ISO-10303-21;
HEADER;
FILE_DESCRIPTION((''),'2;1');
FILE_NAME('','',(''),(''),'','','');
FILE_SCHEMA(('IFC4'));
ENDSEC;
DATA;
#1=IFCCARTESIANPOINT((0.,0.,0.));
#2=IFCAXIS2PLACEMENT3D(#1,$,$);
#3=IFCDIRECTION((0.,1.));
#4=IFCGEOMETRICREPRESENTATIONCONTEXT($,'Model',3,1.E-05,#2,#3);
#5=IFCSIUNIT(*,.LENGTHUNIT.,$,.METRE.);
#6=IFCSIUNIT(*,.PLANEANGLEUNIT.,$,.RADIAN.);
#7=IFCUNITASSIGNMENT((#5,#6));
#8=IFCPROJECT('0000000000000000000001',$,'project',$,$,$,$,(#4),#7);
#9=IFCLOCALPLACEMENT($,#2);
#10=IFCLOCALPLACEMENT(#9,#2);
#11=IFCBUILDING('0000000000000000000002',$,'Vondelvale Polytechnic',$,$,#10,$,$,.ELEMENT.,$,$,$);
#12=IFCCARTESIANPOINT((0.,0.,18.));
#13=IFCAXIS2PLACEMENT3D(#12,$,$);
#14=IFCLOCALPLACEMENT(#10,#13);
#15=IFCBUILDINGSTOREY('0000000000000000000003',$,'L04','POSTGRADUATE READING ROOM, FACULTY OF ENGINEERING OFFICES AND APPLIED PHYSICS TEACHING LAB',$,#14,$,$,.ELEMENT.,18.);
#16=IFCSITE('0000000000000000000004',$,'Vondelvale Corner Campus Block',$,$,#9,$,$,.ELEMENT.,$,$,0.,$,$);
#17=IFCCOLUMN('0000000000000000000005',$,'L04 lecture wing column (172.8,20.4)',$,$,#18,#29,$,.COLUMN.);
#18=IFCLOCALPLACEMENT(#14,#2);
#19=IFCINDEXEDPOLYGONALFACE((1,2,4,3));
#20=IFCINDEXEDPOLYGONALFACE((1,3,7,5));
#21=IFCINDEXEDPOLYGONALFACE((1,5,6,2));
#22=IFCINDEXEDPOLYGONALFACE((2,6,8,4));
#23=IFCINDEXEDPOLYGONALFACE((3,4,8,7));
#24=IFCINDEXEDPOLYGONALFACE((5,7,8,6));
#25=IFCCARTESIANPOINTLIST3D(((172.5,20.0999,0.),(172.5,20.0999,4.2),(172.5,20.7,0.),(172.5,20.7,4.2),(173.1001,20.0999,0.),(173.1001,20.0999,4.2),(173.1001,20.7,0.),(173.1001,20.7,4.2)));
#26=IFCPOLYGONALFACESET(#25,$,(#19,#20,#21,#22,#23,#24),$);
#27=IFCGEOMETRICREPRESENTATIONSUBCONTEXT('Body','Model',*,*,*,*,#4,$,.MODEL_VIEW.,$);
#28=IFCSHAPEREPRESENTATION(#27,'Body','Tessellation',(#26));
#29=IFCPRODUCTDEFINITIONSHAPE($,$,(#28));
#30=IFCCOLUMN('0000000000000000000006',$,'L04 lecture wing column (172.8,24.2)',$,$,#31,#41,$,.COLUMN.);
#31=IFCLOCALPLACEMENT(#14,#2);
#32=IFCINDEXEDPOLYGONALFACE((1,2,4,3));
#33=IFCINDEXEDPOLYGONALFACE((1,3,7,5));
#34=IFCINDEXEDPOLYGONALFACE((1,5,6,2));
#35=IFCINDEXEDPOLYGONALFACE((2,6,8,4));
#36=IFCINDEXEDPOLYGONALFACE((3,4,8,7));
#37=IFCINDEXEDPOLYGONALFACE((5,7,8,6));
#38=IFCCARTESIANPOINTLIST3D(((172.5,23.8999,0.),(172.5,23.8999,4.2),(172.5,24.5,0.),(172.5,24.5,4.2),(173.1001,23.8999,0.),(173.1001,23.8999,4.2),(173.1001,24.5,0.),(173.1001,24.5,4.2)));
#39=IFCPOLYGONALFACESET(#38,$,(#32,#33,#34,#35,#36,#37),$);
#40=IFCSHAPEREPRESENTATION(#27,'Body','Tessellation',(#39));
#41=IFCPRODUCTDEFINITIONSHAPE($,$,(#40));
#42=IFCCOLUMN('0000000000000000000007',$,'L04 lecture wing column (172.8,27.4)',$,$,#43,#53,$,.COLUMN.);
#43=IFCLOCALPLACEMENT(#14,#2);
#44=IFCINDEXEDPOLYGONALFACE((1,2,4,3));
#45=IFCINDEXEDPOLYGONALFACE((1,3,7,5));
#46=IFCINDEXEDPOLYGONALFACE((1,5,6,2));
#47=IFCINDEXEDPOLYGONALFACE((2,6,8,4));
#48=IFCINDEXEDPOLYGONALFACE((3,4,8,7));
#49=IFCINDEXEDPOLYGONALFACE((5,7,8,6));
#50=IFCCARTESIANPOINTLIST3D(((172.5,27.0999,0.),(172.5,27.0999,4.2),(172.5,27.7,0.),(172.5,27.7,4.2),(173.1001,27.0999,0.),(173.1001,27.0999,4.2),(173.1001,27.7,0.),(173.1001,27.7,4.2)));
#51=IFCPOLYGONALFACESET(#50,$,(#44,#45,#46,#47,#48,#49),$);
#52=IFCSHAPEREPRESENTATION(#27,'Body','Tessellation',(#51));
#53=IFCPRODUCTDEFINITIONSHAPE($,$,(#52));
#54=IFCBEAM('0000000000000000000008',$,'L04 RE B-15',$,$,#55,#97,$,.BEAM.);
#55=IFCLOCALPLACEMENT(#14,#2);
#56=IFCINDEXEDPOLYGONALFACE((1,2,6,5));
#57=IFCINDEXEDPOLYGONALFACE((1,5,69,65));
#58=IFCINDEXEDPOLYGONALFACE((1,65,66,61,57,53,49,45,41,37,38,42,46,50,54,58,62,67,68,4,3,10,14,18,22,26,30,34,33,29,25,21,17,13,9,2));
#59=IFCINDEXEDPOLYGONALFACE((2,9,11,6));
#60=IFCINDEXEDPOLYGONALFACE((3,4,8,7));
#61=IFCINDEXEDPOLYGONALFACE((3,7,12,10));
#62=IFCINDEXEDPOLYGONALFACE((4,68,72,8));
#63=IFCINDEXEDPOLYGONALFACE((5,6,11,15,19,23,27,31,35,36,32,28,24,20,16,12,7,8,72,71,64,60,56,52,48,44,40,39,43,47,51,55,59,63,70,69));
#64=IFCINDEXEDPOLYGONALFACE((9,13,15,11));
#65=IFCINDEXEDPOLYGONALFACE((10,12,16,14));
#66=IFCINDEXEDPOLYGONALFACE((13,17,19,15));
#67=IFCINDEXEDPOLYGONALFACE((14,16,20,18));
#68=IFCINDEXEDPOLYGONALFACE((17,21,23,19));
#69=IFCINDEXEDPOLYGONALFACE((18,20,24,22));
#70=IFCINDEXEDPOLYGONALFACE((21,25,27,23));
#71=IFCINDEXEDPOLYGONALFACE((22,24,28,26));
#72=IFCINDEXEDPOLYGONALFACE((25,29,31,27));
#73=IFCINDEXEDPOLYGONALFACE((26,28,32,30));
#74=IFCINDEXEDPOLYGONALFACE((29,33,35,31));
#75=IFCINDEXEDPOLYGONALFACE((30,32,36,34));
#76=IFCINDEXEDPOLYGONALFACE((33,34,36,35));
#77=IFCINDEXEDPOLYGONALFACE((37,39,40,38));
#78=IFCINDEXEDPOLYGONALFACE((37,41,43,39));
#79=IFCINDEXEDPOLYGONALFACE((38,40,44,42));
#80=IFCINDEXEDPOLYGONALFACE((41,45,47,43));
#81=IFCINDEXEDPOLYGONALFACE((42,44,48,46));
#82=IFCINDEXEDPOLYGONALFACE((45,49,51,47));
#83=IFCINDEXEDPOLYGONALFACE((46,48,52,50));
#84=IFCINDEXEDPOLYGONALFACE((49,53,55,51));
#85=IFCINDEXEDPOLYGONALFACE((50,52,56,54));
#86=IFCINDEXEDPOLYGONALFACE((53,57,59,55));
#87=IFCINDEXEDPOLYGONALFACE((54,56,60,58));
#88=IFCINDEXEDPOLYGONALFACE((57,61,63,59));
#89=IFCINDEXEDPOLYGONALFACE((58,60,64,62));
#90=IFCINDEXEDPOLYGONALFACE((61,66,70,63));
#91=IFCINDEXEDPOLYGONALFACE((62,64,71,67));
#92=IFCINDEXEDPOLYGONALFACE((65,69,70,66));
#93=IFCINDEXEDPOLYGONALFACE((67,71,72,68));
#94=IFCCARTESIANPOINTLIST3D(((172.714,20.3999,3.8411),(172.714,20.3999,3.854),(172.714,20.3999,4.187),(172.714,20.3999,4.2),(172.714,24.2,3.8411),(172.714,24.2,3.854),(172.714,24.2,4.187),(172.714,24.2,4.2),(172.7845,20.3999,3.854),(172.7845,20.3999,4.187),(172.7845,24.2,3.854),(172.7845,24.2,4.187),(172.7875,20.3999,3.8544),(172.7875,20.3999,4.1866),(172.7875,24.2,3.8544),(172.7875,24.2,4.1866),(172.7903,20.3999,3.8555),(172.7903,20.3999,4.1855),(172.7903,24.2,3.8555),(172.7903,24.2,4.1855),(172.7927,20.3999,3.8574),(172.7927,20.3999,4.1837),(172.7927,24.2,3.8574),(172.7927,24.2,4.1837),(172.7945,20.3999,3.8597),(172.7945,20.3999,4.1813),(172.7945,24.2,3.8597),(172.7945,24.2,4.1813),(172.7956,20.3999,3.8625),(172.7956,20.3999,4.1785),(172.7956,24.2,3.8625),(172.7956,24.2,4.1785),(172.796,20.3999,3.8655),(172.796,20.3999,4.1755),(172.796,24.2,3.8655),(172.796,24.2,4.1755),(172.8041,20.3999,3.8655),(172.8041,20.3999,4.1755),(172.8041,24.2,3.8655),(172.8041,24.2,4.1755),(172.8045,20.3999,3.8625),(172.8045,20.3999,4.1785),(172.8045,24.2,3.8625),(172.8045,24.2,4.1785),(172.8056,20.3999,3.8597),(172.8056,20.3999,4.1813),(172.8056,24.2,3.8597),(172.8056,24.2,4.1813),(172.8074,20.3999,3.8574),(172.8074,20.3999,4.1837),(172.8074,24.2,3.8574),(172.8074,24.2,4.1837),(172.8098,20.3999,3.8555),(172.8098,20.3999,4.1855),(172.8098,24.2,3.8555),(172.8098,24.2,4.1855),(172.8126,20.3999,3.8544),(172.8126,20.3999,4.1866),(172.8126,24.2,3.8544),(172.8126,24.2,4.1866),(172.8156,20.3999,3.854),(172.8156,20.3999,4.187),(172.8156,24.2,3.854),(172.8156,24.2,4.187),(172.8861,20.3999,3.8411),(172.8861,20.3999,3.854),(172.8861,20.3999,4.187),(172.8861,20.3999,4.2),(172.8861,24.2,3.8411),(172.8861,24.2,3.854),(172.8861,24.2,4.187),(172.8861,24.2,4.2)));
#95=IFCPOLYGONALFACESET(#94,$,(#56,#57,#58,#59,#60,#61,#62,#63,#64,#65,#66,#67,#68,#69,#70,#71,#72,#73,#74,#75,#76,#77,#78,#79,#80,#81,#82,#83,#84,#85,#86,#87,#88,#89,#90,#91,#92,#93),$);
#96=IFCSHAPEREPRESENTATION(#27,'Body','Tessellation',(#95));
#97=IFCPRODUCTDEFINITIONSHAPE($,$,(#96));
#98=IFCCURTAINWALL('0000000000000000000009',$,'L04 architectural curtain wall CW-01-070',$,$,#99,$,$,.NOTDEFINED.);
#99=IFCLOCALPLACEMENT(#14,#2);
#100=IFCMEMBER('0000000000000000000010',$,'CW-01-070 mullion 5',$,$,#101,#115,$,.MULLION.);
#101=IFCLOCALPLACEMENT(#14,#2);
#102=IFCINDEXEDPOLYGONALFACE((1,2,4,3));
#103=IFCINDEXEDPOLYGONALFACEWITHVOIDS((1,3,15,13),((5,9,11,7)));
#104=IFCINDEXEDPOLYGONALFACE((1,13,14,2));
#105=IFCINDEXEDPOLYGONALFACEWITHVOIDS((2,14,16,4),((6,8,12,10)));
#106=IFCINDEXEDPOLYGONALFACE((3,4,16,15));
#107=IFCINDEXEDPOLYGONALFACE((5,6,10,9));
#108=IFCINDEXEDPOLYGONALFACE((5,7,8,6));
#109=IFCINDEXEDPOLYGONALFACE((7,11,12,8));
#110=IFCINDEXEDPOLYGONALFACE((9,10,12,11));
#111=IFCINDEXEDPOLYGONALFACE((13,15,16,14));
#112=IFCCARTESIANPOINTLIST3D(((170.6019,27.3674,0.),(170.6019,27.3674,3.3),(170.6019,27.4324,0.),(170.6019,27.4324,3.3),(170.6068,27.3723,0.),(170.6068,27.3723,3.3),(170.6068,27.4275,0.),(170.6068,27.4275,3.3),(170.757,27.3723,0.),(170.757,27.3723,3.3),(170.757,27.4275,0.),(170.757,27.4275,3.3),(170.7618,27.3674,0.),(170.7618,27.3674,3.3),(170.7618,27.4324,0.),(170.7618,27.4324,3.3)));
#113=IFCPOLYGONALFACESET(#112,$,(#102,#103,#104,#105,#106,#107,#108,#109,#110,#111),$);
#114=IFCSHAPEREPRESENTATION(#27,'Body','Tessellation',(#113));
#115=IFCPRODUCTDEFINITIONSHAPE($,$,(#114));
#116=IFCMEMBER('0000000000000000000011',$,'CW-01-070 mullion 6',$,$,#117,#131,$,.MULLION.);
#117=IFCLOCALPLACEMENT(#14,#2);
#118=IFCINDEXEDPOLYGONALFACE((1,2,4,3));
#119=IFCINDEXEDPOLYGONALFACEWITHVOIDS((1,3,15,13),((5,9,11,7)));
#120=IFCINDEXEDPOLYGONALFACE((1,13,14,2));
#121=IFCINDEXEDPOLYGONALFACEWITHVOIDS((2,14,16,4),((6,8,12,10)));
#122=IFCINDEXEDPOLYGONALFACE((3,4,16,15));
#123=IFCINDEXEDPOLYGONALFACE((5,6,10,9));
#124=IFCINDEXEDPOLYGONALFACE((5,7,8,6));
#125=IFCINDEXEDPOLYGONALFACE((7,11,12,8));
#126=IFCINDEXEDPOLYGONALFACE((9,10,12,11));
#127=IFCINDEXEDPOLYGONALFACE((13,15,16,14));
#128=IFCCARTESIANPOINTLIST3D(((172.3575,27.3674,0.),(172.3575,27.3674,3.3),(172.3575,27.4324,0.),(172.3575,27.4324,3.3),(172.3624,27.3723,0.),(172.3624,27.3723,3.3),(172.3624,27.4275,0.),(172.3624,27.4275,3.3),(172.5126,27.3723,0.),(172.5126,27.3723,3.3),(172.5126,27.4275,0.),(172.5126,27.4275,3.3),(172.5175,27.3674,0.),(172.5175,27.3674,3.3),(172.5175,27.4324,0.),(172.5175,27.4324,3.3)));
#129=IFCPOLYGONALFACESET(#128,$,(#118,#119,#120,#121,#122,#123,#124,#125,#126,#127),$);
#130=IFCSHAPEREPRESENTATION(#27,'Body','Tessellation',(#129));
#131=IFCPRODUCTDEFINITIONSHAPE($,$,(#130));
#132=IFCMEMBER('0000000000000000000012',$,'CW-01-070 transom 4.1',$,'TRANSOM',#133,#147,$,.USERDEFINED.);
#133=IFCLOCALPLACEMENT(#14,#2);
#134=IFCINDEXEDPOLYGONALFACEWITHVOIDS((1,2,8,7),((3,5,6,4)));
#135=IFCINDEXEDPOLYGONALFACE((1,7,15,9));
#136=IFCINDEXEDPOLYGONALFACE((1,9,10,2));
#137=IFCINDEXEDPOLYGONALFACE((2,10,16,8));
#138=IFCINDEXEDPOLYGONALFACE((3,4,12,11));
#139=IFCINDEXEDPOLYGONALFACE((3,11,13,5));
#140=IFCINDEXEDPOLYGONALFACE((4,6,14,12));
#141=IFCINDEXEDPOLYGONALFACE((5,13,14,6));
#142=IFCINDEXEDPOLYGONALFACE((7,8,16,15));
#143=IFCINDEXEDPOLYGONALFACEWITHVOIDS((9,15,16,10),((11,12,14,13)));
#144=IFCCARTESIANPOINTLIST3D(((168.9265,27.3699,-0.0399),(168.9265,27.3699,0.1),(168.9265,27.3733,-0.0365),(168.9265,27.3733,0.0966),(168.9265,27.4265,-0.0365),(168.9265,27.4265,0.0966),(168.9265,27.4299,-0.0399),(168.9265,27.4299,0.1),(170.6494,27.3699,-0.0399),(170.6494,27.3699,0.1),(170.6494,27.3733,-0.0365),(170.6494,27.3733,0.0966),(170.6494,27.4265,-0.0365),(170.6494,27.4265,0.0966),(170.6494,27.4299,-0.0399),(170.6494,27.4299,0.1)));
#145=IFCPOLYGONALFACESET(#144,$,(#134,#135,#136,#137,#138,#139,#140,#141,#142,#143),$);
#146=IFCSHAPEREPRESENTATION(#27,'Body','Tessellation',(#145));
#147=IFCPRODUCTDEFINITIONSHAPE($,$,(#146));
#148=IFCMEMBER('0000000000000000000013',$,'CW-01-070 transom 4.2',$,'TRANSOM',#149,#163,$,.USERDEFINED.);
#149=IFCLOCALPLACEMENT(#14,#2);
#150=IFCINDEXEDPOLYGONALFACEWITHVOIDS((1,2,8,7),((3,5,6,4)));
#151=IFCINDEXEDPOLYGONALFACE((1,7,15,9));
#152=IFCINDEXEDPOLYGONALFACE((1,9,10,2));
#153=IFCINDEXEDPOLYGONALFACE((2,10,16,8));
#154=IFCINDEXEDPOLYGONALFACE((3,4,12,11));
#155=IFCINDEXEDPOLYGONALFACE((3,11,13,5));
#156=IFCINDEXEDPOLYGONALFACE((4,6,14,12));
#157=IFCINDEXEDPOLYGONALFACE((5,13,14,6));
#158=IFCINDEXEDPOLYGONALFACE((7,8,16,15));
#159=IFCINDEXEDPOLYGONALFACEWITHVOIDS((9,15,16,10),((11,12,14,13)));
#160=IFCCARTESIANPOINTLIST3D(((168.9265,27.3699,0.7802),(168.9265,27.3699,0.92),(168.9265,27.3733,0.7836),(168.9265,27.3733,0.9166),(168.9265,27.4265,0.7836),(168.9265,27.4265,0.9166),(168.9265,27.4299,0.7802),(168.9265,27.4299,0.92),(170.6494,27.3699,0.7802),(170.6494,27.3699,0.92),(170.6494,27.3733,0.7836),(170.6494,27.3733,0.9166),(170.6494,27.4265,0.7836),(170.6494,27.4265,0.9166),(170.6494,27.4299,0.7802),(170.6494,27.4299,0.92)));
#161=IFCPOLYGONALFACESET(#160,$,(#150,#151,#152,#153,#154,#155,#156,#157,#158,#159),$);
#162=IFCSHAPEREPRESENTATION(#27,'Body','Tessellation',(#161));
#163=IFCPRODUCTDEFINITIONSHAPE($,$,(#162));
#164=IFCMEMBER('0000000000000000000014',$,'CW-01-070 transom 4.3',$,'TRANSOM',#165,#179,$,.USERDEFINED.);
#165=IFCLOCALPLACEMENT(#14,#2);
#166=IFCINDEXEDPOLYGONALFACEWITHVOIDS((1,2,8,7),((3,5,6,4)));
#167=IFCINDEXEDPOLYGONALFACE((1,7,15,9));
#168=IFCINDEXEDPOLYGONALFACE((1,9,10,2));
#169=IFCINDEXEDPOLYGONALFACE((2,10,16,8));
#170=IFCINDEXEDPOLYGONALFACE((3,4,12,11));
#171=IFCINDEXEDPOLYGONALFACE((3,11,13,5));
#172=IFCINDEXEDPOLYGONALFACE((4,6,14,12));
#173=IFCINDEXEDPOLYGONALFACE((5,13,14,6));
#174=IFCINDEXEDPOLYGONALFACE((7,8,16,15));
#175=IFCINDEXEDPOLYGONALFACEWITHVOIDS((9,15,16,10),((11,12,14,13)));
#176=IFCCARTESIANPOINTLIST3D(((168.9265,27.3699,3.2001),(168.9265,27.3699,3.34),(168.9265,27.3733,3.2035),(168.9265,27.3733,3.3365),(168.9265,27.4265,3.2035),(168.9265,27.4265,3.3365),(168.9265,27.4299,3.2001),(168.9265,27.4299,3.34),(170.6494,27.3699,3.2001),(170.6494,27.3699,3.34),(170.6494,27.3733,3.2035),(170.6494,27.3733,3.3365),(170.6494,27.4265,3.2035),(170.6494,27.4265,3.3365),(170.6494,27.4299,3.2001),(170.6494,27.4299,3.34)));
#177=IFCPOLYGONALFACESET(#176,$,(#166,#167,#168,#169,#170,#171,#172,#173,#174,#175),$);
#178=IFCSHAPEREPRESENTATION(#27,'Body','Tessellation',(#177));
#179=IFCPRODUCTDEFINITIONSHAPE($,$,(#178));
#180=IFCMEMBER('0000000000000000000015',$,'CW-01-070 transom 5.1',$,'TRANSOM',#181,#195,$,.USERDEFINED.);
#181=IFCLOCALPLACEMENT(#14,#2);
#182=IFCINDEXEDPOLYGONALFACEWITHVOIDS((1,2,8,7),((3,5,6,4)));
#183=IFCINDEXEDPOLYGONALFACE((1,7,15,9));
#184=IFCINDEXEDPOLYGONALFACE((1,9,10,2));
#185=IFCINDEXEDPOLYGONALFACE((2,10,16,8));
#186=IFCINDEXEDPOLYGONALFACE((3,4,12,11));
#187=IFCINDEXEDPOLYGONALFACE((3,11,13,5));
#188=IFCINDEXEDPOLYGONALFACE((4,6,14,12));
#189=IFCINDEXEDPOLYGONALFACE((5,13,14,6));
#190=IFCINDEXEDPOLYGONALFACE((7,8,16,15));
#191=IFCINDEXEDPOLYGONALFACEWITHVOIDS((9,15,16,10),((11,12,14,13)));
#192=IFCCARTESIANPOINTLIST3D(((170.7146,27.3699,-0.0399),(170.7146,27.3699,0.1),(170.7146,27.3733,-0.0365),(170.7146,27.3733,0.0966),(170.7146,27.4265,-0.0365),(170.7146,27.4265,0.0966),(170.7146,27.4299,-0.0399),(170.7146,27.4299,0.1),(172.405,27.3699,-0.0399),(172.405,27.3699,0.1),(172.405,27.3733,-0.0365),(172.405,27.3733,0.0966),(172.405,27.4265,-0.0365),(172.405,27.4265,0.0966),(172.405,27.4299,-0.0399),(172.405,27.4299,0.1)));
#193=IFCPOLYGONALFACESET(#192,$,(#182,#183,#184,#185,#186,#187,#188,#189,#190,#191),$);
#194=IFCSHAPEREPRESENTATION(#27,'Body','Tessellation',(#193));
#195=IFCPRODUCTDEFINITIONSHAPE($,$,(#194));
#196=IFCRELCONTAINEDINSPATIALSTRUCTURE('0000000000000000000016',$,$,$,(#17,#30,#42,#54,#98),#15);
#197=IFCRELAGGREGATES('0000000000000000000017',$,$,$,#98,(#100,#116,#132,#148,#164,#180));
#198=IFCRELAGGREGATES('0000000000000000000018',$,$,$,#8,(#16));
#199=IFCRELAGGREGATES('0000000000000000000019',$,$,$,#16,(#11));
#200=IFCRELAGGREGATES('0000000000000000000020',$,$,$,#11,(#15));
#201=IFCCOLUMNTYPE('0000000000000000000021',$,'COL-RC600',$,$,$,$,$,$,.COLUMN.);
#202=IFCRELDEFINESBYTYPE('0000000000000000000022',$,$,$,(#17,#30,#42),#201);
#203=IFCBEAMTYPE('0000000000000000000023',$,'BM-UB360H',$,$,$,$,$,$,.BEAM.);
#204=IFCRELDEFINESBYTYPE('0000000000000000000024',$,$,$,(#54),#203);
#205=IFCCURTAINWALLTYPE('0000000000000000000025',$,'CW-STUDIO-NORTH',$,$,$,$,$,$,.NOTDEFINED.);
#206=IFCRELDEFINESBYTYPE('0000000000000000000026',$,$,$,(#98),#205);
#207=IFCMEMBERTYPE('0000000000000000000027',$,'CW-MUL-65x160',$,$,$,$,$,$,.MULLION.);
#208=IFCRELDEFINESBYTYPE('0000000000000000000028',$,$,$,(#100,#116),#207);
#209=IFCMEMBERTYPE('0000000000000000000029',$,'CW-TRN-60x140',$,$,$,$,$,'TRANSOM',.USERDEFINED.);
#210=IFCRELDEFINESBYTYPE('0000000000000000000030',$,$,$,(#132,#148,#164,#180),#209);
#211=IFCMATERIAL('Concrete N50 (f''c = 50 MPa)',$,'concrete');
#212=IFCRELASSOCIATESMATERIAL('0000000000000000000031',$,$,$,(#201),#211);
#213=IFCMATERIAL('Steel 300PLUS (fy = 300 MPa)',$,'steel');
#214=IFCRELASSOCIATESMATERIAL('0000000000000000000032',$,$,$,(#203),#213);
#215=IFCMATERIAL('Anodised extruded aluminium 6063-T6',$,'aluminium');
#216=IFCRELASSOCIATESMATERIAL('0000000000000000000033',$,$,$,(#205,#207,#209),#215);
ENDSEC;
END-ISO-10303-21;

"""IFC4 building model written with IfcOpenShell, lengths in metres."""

from ifc_helpers import new_model, si_unit, direction, frame, origin, origin_2d, place, context, subcontext, project, spatial, rectangle, hollow_rectangle, i_section, extrude, material, material_profile, profile_set, type_object, element, aggregate, save


model = new_model("IFC4")

# Units and contexts
model_context = context("Model", 3, precision=1e-05, world=origin(), true_north=direction((0.0, 1.0)))
body_context = subcontext(model_context, "Body", "Model", "MODEL_VIEW")
ifc_project = project(units=[si_unit("LENGTHUNIT", "METRE"), si_unit("PLANEANGLEUNIT", "RADIAN")], contexts=[model_context])

# Site, building, storey
site_placement = place(None, origin())
site = spatial("IfcSite", under=ifc_project, at=site_placement, Name="Vondelvale Corner Campus Block", CompositionType="ELEMENT", RefElevation=0.0)
building_placement = place(site_placement, origin())
building = spatial("IfcBuilding", under=site, at=building_placement, Name="Vondelvale Polytechnic", CompositionType="ELEMENT")
storey_placement = place(building_placement, frame((0.0, 0.0, 18.0)))
storey = spatial("IfcBuildingStorey", under=building, at=storey_placement, Name="L04", Description="POSTGRADUATE READING ROOM, FACULTY OF ENGINEERING OFFICES AND APPLIED PHYSICS TEACHING LAB", CompositionType="ELEMENT", Elevation=18.0)

# Columns
ifc_material_1 = material(Name="Concrete N50 (f'c = 50 MPa)", Category="concrete")
ifc_material_profile_1 = material_profile(ifc_material_1, rectangle(XDim=0.6001, YDim=0.6001, at=origin_2d()), Name="RC-COL-600x600")
ifc_profile_set_1 = profile_set([ifc_material_profile_1], Name="Concrete N50 (f'c = 50 MPa)")
column_type = type_object("IfcColumnType", Name="COL-RC600", PredefinedType="COLUMN", material=ifc_profile_set_1)
for number, where, z_axis, x_axis, name in (
    (1, (172.8, 20.3999, 0.0), (0.0, 0.0, 1.0), (1.0, 0.0, 0.0), "L04 lecture wing column (172.8,20.4)"),
    (2, (172.8, 24.2, 0.0), (0.0, 0.0, 1.0), (1.0, 0.0, 0.0), "L04 lecture wing column (172.8,24.2)"),
    (3, (172.8, 27.3999, 0.0), (0.0, 0.0, 1.0), (1.0, 0.0, 0.0), "L04 lecture wing column (172.8,27.4)"),
):
    element("IfcColumn", number, at=place(storey_placement, frame(where, z_axis=z_axis, x_axis=x_axis)), inside=storey, type_object=column_type, Name=name, PredefinedType="COLUMN", context=body_context, shape_type="SweptSolid", body=[
        extrude(rectangle(XDim=0.6001, YDim=0.6001, at=origin_2d()), origin(), (0.0, 0.0, 1.0), 4.2),
    ])

# Beam
ifc_material_2 = material(Name="Steel 300PLUS (fy = 300 MPa)", Category="steel")
ifc_material_profile_2 = material_profile(ifc_material_2, i_section(OverallWidth=0.1721, OverallDepth=0.3589, WebThickness=0.0081, FlangeThickness=0.0129, FilletRadius=0.0115, at=origin_2d()), Name="360UB56.7")
ifc_profile_set_2 = profile_set([ifc_material_profile_2], Name="Steel 300PLUS (fy = 300 MPa)")
beam_type_1 = type_object("IfcBeamType", Name="BM-UB360H", PredefinedType="BEAM", material=ifc_profile_set_2)
beam_1_placement = place(storey_placement, frame((172.8, 20.3999, 4.0205), z_axis=(0.0, 1.0, 0.0), x_axis=(-1.0, 0.0, 0.0)))
element("IfcBeam", 4, at=beam_1_placement, inside=storey, type_object=beam_type_1, Name="L04 RE B-15", PredefinedType="BEAM", context=body_context, shape_type="SweptSolid", body=[
    extrude(i_section(OverallWidth=0.1721, OverallDepth=0.3589, WebThickness=0.0081, FlangeThickness=0.0129, FilletRadius=0.0115, at=origin_2d()), origin(), (0.0, 0.0, 1.0), 3.8),
])

# Curtain wall, members
ifc_material_3 = material(Name="Anodised extruded aluminium 6063-T6", Category="aluminium")
curtain_wall_type = type_object("IfcCurtainWallType", Name="CW-STUDIO-NORTH", PredefinedType="NOTDEFINED", material=ifc_material_3)
curtain_wall_placement = place(storey_placement, origin())
curtain_wall = element("IfcCurtainWall", 5, at=curtain_wall_placement, inside=storey, type_object=curtain_wall_type, Name="L04 architectural curtain wall CW-01-070", PredefinedType="NOTDEFINED")
ifc_material_profile_3 = material_profile(ifc_material_3, hollow_rectangle(XDim=0.0649, YDim=0.1599, WallThickness=0.0049, at=origin_2d()), Name="CW-MUL-160x65")
ifc_profile_set_3 = profile_set([ifc_material_profile_3], Name="Anodised extruded aluminium 6063-T6")
member_type_1 = type_object("IfcMemberType", Name="CW-MUL-65x160", PredefinedType="MULLION", material=ifc_profile_set_3)
member_1_placement = place(storey_placement, frame((170.6819, 27.3999, 0.0), z_axis=(0.0, 0.0, 1.0), x_axis=(0.0, 1.0, 0.0)))
member_1 = element("IfcMember", 6, at=member_1_placement, type_object=member_type_1, Name="CW-01-070 mullion 5", PredefinedType="MULLION", context=body_context, shape_type="SweptSolid", body=[
    extrude(hollow_rectangle(XDim=0.0649, YDim=0.1599, WallThickness=0.0049, at=origin_2d()), origin(), (0.0, 0.0, 1.0), 3.3),
])
member_2_placement = place(storey_placement, frame((172.4375, 27.3999, 0.0), z_axis=(0.0, 0.0, 1.0), x_axis=(0.0, 1.0, 0.0)))
member_2 = element("IfcMember", 7, at=member_2_placement, type_object=member_type_1, Name="CW-01-070 mullion 6", PredefinedType="MULLION", context=body_context, shape_type="SweptSolid", body=[
    extrude(hollow_rectangle(XDim=0.0649, YDim=0.1599, WallThickness=0.0049, at=origin_2d()), origin(), (0.0, 0.0, 1.0), 3.3),
])
ifc_material_profile_4 = material_profile(ifc_material_3, hollow_rectangle(XDim=0.0601, YDim=0.1399, WallThickness=0.0034, at=origin_2d()), Name="CW-TRN-140x60")
ifc_profile_set_4 = profile_set([ifc_material_profile_4], Name="Anodised extruded aluminium 6063-T6")
member_type_2 = type_object("IfcMemberType", Name="CW-TRN-60x140", ElementType="TRANSOM", PredefinedType="USERDEFINED", material=ifc_profile_set_4)
member_3_placement = place(storey_placement, frame((168.9265, 27.3999, 0.03), z_axis=(1.0, 0.0, 0.0), x_axis=(0.0, 1.0, 0.0)))
member_3 = element("IfcMember", 8, at=member_3_placement, type_object=member_type_2, Name="CW-01-070 transom 4.1", ObjectType="TRANSOM", PredefinedType="USERDEFINED", context=body_context, shape_type="SweptSolid", body=[
    extrude(hollow_rectangle(XDim=0.0601, YDim=0.1399, WallThickness=0.0034, at=origin_2d()), origin(), (0.0, 0.0, 1.0), 1.7229),
])
member_4_placement = place(storey_placement, frame((168.9265, 27.3999, 0.8501), z_axis=(1.0, 0.0, 0.0), x_axis=(0.0, 1.0, 0.0)))
member_4 = element("IfcMember", 9, at=member_4_placement, type_object=member_type_2, Name="CW-01-070 transom 4.2", ObjectType="TRANSOM", PredefinedType="USERDEFINED", context=body_context, shape_type="SweptSolid", body=[
    extrude(hollow_rectangle(XDim=0.0601, YDim=0.1399, WallThickness=0.0034, at=origin_2d()), origin(), (0.0, 0.0, 1.0), 1.7229),
])
member_5_placement = place(storey_placement, frame((168.9265, 27.3999, 3.27), z_axis=(1.0, 0.0, 0.0), x_axis=(0.0, 1.0, 0.0)))
member_5 = element("IfcMember", 10, at=member_5_placement, type_object=member_type_2, Name="CW-01-070 transom 4.3", ObjectType="TRANSOM", PredefinedType="USERDEFINED", context=body_context, shape_type="SweptSolid", body=[
    extrude(hollow_rectangle(XDim=0.0601, YDim=0.1399, WallThickness=0.0034, at=origin_2d()), origin(), (0.0, 0.0, 1.0), 1.7229),
])
member_6_placement = place(storey_placement, frame((170.7146, 27.3999, 0.03), z_axis=(1.0, 0.0, 0.0), x_axis=(0.0, 1.0, 0.0)))
member_6 = element("IfcMember", 11, at=member_6_placement, type_object=member_type_2, Name="CW-01-070 transom 5.1", ObjectType="TRANSOM", PredefinedType="USERDEFINED", context=body_context, shape_type="SweptSolid", body=[
    extrude(hollow_rectangle(XDim=0.0601, YDim=0.1399, WallThickness=0.0034, at=origin_2d()), origin(), (0.0, 0.0, 1.0), 1.6904),
])

aggregate(curtain_wall, [member_1, member_2, member_3, member_4, member_5, member_6])

save(model, "model.ifc")
